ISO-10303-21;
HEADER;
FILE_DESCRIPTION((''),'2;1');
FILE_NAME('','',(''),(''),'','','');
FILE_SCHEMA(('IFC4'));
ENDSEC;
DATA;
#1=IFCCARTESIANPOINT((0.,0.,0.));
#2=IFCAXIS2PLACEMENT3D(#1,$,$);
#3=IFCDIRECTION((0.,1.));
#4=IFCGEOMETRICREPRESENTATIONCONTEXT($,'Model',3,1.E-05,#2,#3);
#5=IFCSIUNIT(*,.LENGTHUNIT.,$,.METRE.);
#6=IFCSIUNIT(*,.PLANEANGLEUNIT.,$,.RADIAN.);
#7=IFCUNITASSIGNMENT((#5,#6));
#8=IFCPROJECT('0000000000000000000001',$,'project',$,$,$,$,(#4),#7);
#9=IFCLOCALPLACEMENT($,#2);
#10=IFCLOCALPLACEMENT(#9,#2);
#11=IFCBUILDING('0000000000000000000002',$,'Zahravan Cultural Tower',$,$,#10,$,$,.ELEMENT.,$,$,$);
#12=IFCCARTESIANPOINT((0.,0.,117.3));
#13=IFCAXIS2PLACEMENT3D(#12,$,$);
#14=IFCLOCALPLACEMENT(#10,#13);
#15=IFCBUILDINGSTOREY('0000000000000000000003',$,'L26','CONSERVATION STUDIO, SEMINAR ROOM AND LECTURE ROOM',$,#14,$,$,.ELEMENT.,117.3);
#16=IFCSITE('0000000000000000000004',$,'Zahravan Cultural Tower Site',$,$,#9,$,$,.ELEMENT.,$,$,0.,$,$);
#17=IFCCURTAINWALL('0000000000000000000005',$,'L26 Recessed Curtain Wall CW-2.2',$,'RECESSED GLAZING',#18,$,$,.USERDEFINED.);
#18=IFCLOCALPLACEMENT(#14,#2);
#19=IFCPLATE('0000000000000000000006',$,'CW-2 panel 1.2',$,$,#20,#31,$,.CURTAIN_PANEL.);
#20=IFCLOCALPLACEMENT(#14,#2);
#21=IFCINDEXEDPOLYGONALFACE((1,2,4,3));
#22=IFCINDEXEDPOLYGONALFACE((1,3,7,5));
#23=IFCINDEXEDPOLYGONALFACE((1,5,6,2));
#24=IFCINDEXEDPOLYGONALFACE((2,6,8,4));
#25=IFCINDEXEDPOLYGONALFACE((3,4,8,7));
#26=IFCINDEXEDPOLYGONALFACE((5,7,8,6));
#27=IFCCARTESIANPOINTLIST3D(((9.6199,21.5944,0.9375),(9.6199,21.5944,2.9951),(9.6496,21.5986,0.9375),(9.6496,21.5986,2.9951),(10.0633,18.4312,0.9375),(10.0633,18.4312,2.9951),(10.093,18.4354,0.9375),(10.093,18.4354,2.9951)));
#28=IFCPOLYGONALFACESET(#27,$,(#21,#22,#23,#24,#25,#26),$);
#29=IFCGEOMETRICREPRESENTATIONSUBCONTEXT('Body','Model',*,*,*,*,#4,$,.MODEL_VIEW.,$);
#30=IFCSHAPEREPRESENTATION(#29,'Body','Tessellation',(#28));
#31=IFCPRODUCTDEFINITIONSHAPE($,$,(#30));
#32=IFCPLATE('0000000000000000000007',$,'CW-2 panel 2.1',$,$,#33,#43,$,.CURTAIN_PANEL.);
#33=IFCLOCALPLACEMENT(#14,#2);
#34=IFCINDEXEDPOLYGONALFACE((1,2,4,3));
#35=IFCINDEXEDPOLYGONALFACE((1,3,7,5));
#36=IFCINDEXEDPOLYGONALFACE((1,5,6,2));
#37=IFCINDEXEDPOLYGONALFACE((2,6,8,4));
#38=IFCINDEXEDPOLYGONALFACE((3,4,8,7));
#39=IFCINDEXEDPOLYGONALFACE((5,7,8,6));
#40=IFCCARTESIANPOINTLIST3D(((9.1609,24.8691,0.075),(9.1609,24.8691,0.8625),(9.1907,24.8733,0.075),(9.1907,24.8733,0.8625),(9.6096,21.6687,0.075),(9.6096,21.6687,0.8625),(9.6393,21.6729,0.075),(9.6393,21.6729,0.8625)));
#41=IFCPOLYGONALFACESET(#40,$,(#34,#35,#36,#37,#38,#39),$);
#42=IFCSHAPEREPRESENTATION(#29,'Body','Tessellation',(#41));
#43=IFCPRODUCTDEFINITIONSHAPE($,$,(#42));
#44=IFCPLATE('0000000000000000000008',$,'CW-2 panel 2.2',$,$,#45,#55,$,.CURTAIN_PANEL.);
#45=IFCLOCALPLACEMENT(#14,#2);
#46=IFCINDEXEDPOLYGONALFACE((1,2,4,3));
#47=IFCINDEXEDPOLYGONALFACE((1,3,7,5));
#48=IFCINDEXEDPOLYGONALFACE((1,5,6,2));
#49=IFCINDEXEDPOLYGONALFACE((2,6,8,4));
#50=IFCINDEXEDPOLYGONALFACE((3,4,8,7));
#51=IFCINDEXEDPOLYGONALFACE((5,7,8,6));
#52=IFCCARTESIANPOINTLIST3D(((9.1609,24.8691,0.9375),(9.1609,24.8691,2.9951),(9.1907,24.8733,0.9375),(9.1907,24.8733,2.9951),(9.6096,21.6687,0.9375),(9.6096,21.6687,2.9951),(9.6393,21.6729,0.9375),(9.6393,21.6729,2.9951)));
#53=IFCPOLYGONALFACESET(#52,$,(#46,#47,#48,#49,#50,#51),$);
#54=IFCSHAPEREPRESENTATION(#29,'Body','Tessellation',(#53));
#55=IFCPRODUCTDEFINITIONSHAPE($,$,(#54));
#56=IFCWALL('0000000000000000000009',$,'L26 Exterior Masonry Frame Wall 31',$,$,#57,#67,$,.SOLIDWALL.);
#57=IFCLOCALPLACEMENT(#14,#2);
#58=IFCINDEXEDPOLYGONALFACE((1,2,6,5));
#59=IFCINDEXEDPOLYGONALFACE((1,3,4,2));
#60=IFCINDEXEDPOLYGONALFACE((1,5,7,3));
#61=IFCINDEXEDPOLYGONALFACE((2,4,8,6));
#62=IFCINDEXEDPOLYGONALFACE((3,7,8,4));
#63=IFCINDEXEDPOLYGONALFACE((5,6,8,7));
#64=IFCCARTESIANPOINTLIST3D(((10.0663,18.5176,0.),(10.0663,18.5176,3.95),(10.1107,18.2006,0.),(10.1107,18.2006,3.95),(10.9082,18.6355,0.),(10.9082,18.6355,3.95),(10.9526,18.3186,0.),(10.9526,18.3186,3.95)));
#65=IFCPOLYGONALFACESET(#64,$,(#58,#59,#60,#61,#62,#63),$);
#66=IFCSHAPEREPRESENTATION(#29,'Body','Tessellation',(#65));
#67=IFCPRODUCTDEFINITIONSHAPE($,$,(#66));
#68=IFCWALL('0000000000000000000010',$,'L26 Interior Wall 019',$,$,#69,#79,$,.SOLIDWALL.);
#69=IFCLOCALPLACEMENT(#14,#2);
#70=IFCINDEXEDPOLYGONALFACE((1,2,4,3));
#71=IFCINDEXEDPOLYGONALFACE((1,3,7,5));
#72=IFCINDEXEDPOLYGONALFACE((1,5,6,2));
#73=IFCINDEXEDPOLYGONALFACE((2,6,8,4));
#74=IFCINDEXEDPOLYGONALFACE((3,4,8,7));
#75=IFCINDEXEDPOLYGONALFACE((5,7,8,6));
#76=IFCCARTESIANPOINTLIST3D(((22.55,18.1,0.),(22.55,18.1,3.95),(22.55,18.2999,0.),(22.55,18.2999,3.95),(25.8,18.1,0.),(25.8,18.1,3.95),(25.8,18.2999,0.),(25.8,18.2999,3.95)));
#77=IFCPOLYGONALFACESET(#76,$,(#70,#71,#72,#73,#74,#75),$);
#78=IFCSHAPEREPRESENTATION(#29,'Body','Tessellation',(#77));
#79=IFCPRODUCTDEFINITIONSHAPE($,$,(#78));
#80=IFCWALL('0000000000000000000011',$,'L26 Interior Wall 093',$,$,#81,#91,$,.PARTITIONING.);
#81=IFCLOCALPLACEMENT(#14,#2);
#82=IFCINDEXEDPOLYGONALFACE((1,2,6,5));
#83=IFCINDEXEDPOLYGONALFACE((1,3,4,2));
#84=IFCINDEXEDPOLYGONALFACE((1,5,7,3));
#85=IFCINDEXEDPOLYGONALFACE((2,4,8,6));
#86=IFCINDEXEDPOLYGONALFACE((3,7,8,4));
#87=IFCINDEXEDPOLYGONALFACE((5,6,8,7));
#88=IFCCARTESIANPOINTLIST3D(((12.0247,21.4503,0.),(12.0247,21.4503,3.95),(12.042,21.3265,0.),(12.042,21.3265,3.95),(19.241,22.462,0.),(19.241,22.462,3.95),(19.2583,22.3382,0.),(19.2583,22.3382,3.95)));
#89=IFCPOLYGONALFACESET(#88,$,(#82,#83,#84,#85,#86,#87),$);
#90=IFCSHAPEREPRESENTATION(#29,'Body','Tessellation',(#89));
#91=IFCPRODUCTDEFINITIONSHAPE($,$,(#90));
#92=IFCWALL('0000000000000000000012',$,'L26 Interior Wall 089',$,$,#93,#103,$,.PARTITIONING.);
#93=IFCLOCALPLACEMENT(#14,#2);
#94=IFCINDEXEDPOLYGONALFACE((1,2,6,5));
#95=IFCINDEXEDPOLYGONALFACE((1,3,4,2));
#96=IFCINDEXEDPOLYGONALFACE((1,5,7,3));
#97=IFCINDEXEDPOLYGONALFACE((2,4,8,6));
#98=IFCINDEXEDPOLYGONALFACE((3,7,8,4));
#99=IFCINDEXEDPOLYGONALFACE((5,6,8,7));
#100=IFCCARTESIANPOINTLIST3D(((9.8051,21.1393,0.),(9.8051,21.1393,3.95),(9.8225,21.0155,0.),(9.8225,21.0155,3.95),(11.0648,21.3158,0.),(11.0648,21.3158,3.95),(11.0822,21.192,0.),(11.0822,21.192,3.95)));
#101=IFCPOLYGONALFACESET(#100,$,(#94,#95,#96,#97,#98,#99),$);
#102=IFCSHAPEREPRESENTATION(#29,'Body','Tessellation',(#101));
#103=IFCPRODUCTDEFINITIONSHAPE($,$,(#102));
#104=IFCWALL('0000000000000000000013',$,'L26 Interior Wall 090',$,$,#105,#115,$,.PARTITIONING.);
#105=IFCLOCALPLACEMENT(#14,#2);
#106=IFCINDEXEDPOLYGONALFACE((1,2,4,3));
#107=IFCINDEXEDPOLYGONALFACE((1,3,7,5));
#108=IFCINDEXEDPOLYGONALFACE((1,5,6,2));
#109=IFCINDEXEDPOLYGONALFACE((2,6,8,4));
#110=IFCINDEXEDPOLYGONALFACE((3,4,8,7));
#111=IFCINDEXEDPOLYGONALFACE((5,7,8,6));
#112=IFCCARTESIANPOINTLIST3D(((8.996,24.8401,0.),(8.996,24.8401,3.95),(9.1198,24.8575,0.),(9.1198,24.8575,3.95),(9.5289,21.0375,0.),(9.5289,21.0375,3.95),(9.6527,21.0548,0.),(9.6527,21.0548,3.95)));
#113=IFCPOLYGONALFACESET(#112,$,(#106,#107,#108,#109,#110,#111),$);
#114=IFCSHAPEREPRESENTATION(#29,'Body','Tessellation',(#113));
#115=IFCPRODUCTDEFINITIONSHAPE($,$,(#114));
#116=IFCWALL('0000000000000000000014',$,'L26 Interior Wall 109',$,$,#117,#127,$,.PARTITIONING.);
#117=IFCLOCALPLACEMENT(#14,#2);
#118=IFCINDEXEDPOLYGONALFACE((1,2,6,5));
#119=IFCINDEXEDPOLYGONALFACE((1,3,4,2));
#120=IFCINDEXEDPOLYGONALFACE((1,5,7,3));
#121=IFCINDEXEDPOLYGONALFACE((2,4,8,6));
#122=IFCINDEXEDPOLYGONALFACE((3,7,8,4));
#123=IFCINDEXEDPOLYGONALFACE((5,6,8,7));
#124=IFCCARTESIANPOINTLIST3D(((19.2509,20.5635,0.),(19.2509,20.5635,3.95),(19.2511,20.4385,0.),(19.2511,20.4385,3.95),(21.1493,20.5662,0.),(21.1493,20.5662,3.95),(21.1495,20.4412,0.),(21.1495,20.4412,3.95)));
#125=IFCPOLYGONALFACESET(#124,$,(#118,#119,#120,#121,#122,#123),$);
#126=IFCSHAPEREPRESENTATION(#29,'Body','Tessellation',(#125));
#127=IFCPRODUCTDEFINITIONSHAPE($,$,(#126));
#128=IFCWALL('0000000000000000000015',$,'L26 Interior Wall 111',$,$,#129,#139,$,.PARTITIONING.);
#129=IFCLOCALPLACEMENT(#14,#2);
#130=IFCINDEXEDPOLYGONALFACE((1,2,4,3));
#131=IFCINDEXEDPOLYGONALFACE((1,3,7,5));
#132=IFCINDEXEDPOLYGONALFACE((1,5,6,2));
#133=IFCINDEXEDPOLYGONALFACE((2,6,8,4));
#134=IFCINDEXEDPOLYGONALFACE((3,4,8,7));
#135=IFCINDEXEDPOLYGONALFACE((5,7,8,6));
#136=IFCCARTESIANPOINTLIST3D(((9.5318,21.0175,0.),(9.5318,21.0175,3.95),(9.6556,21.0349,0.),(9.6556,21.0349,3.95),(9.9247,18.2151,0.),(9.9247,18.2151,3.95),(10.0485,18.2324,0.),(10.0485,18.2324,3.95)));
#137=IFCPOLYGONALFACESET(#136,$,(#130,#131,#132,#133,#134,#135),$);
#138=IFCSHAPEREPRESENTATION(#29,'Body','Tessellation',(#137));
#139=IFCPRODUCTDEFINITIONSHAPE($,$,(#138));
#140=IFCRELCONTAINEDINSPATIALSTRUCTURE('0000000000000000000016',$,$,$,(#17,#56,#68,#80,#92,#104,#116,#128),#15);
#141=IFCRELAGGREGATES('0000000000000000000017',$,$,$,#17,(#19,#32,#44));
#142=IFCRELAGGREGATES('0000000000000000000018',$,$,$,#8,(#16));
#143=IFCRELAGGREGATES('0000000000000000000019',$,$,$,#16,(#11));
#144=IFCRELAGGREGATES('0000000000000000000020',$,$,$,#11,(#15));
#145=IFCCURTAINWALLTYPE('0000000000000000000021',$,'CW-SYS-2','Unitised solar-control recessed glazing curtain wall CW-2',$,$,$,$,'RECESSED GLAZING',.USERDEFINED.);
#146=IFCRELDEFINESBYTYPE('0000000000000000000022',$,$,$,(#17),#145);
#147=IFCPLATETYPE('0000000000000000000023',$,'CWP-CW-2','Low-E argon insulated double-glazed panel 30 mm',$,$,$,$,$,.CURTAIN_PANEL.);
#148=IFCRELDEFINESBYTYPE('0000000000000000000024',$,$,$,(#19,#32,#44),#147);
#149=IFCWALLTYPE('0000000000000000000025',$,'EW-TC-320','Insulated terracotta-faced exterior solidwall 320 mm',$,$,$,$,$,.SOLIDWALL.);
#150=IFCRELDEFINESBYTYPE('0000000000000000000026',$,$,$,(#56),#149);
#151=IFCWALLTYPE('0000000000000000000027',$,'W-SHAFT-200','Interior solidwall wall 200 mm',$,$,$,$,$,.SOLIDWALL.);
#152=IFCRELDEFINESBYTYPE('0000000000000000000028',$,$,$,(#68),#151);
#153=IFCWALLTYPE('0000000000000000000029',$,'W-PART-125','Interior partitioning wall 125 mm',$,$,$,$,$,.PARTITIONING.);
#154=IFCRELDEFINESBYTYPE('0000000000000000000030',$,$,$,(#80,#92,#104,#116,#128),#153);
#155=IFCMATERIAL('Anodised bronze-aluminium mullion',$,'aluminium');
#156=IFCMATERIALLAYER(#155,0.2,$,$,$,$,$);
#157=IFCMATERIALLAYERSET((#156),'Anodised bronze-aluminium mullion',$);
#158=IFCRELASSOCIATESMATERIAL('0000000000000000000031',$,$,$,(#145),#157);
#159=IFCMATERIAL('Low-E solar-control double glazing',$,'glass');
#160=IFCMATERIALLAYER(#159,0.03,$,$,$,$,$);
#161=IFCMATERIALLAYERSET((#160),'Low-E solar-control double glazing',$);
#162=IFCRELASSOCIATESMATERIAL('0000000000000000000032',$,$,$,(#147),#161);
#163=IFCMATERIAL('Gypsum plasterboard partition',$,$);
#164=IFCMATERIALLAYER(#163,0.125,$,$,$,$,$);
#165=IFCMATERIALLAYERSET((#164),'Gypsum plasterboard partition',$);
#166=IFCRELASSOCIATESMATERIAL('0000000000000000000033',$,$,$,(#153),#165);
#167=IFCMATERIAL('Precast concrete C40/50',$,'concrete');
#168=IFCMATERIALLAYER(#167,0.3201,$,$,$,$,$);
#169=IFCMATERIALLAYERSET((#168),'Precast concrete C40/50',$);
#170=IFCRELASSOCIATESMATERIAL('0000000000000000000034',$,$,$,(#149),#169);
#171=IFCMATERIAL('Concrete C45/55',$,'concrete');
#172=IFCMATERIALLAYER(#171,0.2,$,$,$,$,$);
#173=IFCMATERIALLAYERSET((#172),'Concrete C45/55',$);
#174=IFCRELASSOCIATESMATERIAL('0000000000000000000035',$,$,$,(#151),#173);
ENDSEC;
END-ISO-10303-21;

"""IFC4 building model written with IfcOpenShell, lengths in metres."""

from ifc_helpers import new_model, si_unit, direction, frame, frame_2d, origin, origin_2d, place, context, subcontext, project, spatial, rectangle, extrude, source, transform, mapped, material, layer, layer_set, type_object, element, aggregate, save


model = new_model("IFC4")

# Units and contexts
model_context = context("Model", 3, precision=1e-05, world=origin(), true_north=direction((0.0, 1.0)))
body_context = subcontext(model_context, "Body", "Model", "MODEL_VIEW")
ifc_project = project(units=[si_unit("LENGTHUNIT", "METRE"), si_unit("PLANEANGLEUNIT", "RADIAN")], contexts=[model_context])

# Site, building, storey
site_placement = place(None, origin())
site = spatial("IfcSite", under=ifc_project, at=site_placement, Name="Zahravan Cultural Tower Site", CompositionType="ELEMENT", RefElevation=0.0)
building_placement = place(site_placement, origin())
building = spatial("IfcBuilding", under=site, at=building_placement, Name="Zahravan Cultural Tower", CompositionType="ELEMENT")
storey_placement = place(building_placement, frame((0.0, 0.0, 117.3)))
storey = spatial("IfcBuildingStorey", under=building, at=storey_placement, Name="L26", Description="CONSERVATION STUDIO, SEMINAR ROOM AND LECTURE ROOM", CompositionType="ELEMENT", Elevation=117.3)

# Curtain wall, plates
ifc_material_1 = material(Name="Anodised bronze-aluminium mullion", Category="aluminium")
ifc_layer_1 = layer(ifc_material_1, 0.2)
ifc_layer_set_1 = layer_set([ifc_layer_1], Name="Anodised bronze-aluminium mullion")
curtain_wall_type = type_object("IfcCurtainWallType", Name="CW-SYS-2", Description="Unitised solar-control recessed glazing curtain wall CW-2", ElementType="RECESSED GLAZING", PredefinedType="USERDEFINED", material=ifc_layer_set_1)
curtain_wall_placement = place(storey_placement, origin())
curtain_wall = element("IfcCurtainWall", 1, at=curtain_wall_placement, inside=storey, type_object=curtain_wall_type, Name="L26 Recessed Curtain Wall CW-2.2", ObjectType="RECESSED GLAZING", PredefinedType="USERDEFINED")
ifc_material_2 = material(Name="Low-E solar-control double glazing", Category="glass")
ifc_layer_2 = layer(ifc_material_2, 0.03)
ifc_layer_set_2 = layer_set([ifc_layer_2], Name="Low-E solar-control double glazing")
plate_type = type_object("IfcPlateType", Name="CWP-CW-2", Description="Low-E argon insulated double-glazed panel 30 mm", PredefinedType="CURTAIN_PANEL", material=ifc_layer_set_2)
shared_shape_1 = source(origin(), body_context, "Body", "SweptSolid", [
    extrude(rectangle(XDim=3.1941, YDim=0.03, at=origin_2d()), origin(), (0.0, 0.0, 1.0), 2.0576),
])
plate_1_placement = place(storey_placement, frame((9.8564, 20.0149, 0.9375), z_axis=(0.0, 0.0, 1.0), x_axis=(-0.13883, 0.990316, 0.0)))
plate_1 = element("IfcPlate", 2, at=plate_1_placement, type_object=plate_type, Name="CW-2 panel 1.2", PredefinedType="CURTAIN_PANEL", context=body_context, shape_type="MappedRepresentation", body=[
    mapped(shared_shape_1, transform((0.0, 0.0, 0.0), x_axis=(1.0, 0.0, 0.0), y_axis=(0.0, 1.0, 0.0), z_axis=(0.0, 0.0, 1.0), scale=1.0)),
])
shared_shape_2 = source(origin(), body_context, "Body", "SweptSolid", [
    extrude(rectangle(XDim=3.2317, YDim=0.03, at=origin_2d()), origin(), (0.0, 0.0, 1.0), 0.7876),
])
plate_2_placement = place(storey_placement, frame((9.4001, 23.271, 0.075), z_axis=(0.0, 0.0, 1.0), x_axis=(-0.13883, 0.990316, 0.0)))
plate_2 = element("IfcPlate", 3, at=plate_2_placement, type_object=plate_type, Name="CW-2 panel 2.1", PredefinedType="CURTAIN_PANEL", context=body_context, shape_type="MappedRepresentation", body=[
    mapped(shared_shape_2, transform((0.0, 0.0, 0.0), x_axis=(1.0, 0.0, 0.0), y_axis=(0.0, 1.0, 0.0), z_axis=(0.0, 0.0, 1.0), scale=1.0)),
])
shared_shape_3 = source(origin(), body_context, "Body", "SweptSolid", [
    extrude(rectangle(XDim=3.2317, YDim=0.03, at=origin_2d()), origin(), (0.0, 0.0, 1.0), 2.0576),
])
plate_3_placement = place(storey_placement, frame((9.4001, 23.271, 0.9375), z_axis=(0.0, 0.0, 1.0), x_axis=(-0.13883, 0.990316, 0.0)))
plate_3 = element("IfcPlate", 4, at=plate_3_placement, type_object=plate_type, Name="CW-2 panel 2.2", PredefinedType="CURTAIN_PANEL", context=body_context, shape_type="MappedRepresentation", body=[
    mapped(shared_shape_3, transform((0.0, 0.0, 0.0), x_axis=(1.0, 0.0, 0.0), y_axis=(0.0, 1.0, 0.0), z_axis=(0.0, 0.0, 1.0), scale=1.0)),
])
aggregate(curtain_wall, [plate_1, plate_2, plate_3])

# Shared definitions
ifc_material_3 = material(Name="Gypsum plasterboard partition")
ifc_layer_3 = layer(ifc_material_3, 0.125)
ifc_layer_set_3 = layer_set([ifc_layer_3], Name="Gypsum plasterboard partition")
wall_type_1 = type_object("IfcWallType", Name="W-PART-125", Description="Interior partitioning wall 125 mm", PredefinedType="PARTITIONING", material=ifc_layer_set_3)

# Walls
ifc_material_4 = material(Name="Precast concrete C40/50", Category="concrete")
ifc_layer_4 = layer(ifc_material_4, 0.3201)
ifc_layer_set_4 = layer_set([ifc_layer_4], Name="Precast concrete C40/50")
wall_type_2 = type_object("IfcWallType", Name="EW-TC-320", Description="Insulated terracotta-faced exterior solidwall 320 mm", PredefinedType="SOLIDWALL", material=ifc_layer_set_4)
shared_shape_4 = source(origin(), body_context, "Body", "SweptSolid", [
    extrude(rectangle(XDim=0.8501, YDim=0.3201, at=frame_2d((0.425, 0.0))), origin(), (0.0, 0.0, 1.0), 3.95),
])
wall_1_placement = place(storey_placement, frame((10.9304, 18.4771, 0.0), z_axis=(0.0, 0.0, 1.0), x_axis=(-0.990331, -0.138727, 0.0)))
element("IfcWall", 5, at=wall_1_placement, inside=storey, type_object=wall_type_2, Name="L26 Exterior Masonry Frame Wall 31", PredefinedType="SOLIDWALL", context=body_context, shape_type="MappedRepresentation", body=[
    mapped(shared_shape_4, transform((0.0, 0.0, 0.0), x_axis=(1.0, 0.0, 0.0), y_axis=(0.0, 1.0, 0.0), z_axis=(0.0, 0.0, 1.0), scale=1.0)),
])
ifc_material_5 = material(Name="Concrete C45/55", Category="concrete")
ifc_layer_5 = layer(ifc_material_5, 0.2)
ifc_layer_set_5 = layer_set([ifc_layer_5], Name="Concrete C45/55")
wall_type_3 = type_object("IfcWallType", Name="W-SHAFT-200", Description="Interior solidwall wall 200 mm", PredefinedType="SOLIDWALL", material=ifc_layer_set_5)
shared_shape_5 = source(origin(), body_context, "Body", "SweptSolid", [
    extrude(rectangle(XDim=3.25, YDim=0.2, at=frame_2d((1.625, 0.0))), origin(), (0.0, 0.0, 1.0), 3.95),
])
wall_2_placement = place(storey_placement, frame((22.55, 18.2, 0.0), z_axis=(0.0, 0.0, 1.0), x_axis=(1.0, 0.0, 0.0)))
element("IfcWall", 6, at=wall_2_placement, inside=storey, type_object=wall_type_3, Name="L26 Interior Wall 019", PredefinedType="SOLIDWALL", context=body_context, shape_type="MappedRepresentation", body=[
    mapped(shared_shape_5, transform((0.0, 0.0, 0.0), x_axis=(1.0, 0.0, 0.0), y_axis=(0.0, 1.0, 0.0), z_axis=(0.0, 0.0, 1.0), scale=1.0)),
])
shared_shape_6 = source(origin(), body_context, "Body", "SweptSolid", [
    extrude(rectangle(XDim=7.2869, YDim=0.125, at=frame_2d((3.6436, 0.0))), origin(), (0.0, 0.0, 1.0), 3.95),
])
wall_3_placement = place(storey_placement, frame((19.2498, 22.4001, 0.0), z_axis=(0.0, 0.0, 1.0), x_axis=(-0.990315, -0.138841, 0.0)))
element("IfcWall", 7, at=wall_3_placement, inside=storey, type_object=wall_type_1, Name="L26 Interior Wall 093", PredefinedType="PARTITIONING", context=body_context, shape_type="MappedRepresentation", body=[
    mapped(shared_shape_6, transform((0.0, 0.0, 0.0), x_axis=(1.0, 0.0, 0.0), y_axis=(0.0, 1.0, 0.0), z_axis=(0.0, 0.0, 1.0), scale=1.0)),
])
shared_shape_7 = source(origin(), body_context, "Body", "SweptSolid", [
    extrude(rectangle(XDim=1.272, YDim=0.125, at=frame_2d((0.636, 0.0))), origin(), (0.0, 0.0, 1.0), 3.95),
])
wall_4_placement = place(storey_placement, frame((11.0735, 21.2539, 0.0), z_axis=(0.0, 0.0, 1.0), x_axis=(-0.990326, -0.138761, 0.0)))
element("IfcWall", 8, at=wall_4_placement, inside=storey, type_object=wall_type_1, Name="L26 Interior Wall 089", PredefinedType="PARTITIONING", context=body_context, shape_type="MappedRepresentation", body=[
    mapped(shared_shape_7, transform((0.0, 0.0, 0.0), x_axis=(1.0, 0.0, 0.0), y_axis=(0.0, 1.0, 0.0), z_axis=(0.0, 0.0, 1.0), scale=1.0)),
])
shared_shape_8 = source(origin(), body_context, "Body", "SweptSolid", [
    extrude(rectangle(XDim=3.8398, YDim=0.125, at=frame_2d((1.9199, 0.0))), origin(), (0.0, 0.0, 1.0), 3.95),
])
wall_5_placement = place(storey_placement, frame((9.5908, 21.0461, 0.0), z_axis=(0.0, 0.0, 1.0), x_axis=(-0.138795, 0.990321, 0.0)))
element("IfcWall", 9, at=wall_5_placement, inside=storey, type_object=wall_type_1, Name="L26 Interior Wall 090", PredefinedType="PARTITIONING", context=body_context, shape_type="MappedRepresentation", body=[
    mapped(shared_shape_8, transform((0.0, 0.0, 0.0), x_axis=(1.0, 0.0, 0.0), y_axis=(0.0, 1.0, 0.0), z_axis=(0.0, 0.0, 1.0), scale=1.0)),
])
shared_shape_9 = source(origin(), body_context, "Body", "SweptSolid", [
    extrude(rectangle(XDim=1.8984, YDim=0.125, at=frame_2d((0.9492, 0.0))), origin(), (0.0, 0.0, 1.0), 3.95),
])
wall_6_placement = place(storey_placement, frame((19.251, 20.501, 0.0), z_axis=(0.0, 0.0, 1.0), x_axis=(0.999999, 0.001415, 0.0)))
element("IfcWall", 10, at=wall_6_placement, inside=storey, type_object=wall_type_1, Name="L26 Interior Wall 109", PredefinedType="PARTITIONING", context=body_context, shape_type="MappedRepresentation", body=[
    mapped(shared_shape_9, transform((0.0, 0.0, 0.0), x_axis=(1.0, 0.0, 0.0), y_axis=(0.0, 1.0, 0.0), z_axis=(0.0, 0.0, 1.0), scale=1.0)),
])
shared_shape_10 = source(origin(), body_context, "Body", "SweptSolid", [
    extrude(rectangle(XDim=2.8298, YDim=0.125, at=frame_2d((1.415, 0.0))), origin(), (0.0, 0.0, 1.0), 3.95),
])
wall_7_placement = place(storey_placement, frame((9.9866, 18.2236, 0.0), z_axis=(0.0, 0.0, 1.0), x_axis=(-0.138812, 0.990319, 0.0)))
element("IfcWall", 11, at=wall_7_placement, inside=storey, type_object=wall_type_1, Name="L26 Interior Wall 111", PredefinedType="PARTITIONING", context=body_context, shape_type="MappedRepresentation", body=[
    mapped(shared_shape_10, transform((0.0, 0.0, 0.0), x_axis=(1.0, 0.0, 0.0), y_axis=(0.0, 1.0, 0.0), z_axis=(0.0, 0.0, 1.0), scale=1.0)),
])

save(model, "model.ifc")
